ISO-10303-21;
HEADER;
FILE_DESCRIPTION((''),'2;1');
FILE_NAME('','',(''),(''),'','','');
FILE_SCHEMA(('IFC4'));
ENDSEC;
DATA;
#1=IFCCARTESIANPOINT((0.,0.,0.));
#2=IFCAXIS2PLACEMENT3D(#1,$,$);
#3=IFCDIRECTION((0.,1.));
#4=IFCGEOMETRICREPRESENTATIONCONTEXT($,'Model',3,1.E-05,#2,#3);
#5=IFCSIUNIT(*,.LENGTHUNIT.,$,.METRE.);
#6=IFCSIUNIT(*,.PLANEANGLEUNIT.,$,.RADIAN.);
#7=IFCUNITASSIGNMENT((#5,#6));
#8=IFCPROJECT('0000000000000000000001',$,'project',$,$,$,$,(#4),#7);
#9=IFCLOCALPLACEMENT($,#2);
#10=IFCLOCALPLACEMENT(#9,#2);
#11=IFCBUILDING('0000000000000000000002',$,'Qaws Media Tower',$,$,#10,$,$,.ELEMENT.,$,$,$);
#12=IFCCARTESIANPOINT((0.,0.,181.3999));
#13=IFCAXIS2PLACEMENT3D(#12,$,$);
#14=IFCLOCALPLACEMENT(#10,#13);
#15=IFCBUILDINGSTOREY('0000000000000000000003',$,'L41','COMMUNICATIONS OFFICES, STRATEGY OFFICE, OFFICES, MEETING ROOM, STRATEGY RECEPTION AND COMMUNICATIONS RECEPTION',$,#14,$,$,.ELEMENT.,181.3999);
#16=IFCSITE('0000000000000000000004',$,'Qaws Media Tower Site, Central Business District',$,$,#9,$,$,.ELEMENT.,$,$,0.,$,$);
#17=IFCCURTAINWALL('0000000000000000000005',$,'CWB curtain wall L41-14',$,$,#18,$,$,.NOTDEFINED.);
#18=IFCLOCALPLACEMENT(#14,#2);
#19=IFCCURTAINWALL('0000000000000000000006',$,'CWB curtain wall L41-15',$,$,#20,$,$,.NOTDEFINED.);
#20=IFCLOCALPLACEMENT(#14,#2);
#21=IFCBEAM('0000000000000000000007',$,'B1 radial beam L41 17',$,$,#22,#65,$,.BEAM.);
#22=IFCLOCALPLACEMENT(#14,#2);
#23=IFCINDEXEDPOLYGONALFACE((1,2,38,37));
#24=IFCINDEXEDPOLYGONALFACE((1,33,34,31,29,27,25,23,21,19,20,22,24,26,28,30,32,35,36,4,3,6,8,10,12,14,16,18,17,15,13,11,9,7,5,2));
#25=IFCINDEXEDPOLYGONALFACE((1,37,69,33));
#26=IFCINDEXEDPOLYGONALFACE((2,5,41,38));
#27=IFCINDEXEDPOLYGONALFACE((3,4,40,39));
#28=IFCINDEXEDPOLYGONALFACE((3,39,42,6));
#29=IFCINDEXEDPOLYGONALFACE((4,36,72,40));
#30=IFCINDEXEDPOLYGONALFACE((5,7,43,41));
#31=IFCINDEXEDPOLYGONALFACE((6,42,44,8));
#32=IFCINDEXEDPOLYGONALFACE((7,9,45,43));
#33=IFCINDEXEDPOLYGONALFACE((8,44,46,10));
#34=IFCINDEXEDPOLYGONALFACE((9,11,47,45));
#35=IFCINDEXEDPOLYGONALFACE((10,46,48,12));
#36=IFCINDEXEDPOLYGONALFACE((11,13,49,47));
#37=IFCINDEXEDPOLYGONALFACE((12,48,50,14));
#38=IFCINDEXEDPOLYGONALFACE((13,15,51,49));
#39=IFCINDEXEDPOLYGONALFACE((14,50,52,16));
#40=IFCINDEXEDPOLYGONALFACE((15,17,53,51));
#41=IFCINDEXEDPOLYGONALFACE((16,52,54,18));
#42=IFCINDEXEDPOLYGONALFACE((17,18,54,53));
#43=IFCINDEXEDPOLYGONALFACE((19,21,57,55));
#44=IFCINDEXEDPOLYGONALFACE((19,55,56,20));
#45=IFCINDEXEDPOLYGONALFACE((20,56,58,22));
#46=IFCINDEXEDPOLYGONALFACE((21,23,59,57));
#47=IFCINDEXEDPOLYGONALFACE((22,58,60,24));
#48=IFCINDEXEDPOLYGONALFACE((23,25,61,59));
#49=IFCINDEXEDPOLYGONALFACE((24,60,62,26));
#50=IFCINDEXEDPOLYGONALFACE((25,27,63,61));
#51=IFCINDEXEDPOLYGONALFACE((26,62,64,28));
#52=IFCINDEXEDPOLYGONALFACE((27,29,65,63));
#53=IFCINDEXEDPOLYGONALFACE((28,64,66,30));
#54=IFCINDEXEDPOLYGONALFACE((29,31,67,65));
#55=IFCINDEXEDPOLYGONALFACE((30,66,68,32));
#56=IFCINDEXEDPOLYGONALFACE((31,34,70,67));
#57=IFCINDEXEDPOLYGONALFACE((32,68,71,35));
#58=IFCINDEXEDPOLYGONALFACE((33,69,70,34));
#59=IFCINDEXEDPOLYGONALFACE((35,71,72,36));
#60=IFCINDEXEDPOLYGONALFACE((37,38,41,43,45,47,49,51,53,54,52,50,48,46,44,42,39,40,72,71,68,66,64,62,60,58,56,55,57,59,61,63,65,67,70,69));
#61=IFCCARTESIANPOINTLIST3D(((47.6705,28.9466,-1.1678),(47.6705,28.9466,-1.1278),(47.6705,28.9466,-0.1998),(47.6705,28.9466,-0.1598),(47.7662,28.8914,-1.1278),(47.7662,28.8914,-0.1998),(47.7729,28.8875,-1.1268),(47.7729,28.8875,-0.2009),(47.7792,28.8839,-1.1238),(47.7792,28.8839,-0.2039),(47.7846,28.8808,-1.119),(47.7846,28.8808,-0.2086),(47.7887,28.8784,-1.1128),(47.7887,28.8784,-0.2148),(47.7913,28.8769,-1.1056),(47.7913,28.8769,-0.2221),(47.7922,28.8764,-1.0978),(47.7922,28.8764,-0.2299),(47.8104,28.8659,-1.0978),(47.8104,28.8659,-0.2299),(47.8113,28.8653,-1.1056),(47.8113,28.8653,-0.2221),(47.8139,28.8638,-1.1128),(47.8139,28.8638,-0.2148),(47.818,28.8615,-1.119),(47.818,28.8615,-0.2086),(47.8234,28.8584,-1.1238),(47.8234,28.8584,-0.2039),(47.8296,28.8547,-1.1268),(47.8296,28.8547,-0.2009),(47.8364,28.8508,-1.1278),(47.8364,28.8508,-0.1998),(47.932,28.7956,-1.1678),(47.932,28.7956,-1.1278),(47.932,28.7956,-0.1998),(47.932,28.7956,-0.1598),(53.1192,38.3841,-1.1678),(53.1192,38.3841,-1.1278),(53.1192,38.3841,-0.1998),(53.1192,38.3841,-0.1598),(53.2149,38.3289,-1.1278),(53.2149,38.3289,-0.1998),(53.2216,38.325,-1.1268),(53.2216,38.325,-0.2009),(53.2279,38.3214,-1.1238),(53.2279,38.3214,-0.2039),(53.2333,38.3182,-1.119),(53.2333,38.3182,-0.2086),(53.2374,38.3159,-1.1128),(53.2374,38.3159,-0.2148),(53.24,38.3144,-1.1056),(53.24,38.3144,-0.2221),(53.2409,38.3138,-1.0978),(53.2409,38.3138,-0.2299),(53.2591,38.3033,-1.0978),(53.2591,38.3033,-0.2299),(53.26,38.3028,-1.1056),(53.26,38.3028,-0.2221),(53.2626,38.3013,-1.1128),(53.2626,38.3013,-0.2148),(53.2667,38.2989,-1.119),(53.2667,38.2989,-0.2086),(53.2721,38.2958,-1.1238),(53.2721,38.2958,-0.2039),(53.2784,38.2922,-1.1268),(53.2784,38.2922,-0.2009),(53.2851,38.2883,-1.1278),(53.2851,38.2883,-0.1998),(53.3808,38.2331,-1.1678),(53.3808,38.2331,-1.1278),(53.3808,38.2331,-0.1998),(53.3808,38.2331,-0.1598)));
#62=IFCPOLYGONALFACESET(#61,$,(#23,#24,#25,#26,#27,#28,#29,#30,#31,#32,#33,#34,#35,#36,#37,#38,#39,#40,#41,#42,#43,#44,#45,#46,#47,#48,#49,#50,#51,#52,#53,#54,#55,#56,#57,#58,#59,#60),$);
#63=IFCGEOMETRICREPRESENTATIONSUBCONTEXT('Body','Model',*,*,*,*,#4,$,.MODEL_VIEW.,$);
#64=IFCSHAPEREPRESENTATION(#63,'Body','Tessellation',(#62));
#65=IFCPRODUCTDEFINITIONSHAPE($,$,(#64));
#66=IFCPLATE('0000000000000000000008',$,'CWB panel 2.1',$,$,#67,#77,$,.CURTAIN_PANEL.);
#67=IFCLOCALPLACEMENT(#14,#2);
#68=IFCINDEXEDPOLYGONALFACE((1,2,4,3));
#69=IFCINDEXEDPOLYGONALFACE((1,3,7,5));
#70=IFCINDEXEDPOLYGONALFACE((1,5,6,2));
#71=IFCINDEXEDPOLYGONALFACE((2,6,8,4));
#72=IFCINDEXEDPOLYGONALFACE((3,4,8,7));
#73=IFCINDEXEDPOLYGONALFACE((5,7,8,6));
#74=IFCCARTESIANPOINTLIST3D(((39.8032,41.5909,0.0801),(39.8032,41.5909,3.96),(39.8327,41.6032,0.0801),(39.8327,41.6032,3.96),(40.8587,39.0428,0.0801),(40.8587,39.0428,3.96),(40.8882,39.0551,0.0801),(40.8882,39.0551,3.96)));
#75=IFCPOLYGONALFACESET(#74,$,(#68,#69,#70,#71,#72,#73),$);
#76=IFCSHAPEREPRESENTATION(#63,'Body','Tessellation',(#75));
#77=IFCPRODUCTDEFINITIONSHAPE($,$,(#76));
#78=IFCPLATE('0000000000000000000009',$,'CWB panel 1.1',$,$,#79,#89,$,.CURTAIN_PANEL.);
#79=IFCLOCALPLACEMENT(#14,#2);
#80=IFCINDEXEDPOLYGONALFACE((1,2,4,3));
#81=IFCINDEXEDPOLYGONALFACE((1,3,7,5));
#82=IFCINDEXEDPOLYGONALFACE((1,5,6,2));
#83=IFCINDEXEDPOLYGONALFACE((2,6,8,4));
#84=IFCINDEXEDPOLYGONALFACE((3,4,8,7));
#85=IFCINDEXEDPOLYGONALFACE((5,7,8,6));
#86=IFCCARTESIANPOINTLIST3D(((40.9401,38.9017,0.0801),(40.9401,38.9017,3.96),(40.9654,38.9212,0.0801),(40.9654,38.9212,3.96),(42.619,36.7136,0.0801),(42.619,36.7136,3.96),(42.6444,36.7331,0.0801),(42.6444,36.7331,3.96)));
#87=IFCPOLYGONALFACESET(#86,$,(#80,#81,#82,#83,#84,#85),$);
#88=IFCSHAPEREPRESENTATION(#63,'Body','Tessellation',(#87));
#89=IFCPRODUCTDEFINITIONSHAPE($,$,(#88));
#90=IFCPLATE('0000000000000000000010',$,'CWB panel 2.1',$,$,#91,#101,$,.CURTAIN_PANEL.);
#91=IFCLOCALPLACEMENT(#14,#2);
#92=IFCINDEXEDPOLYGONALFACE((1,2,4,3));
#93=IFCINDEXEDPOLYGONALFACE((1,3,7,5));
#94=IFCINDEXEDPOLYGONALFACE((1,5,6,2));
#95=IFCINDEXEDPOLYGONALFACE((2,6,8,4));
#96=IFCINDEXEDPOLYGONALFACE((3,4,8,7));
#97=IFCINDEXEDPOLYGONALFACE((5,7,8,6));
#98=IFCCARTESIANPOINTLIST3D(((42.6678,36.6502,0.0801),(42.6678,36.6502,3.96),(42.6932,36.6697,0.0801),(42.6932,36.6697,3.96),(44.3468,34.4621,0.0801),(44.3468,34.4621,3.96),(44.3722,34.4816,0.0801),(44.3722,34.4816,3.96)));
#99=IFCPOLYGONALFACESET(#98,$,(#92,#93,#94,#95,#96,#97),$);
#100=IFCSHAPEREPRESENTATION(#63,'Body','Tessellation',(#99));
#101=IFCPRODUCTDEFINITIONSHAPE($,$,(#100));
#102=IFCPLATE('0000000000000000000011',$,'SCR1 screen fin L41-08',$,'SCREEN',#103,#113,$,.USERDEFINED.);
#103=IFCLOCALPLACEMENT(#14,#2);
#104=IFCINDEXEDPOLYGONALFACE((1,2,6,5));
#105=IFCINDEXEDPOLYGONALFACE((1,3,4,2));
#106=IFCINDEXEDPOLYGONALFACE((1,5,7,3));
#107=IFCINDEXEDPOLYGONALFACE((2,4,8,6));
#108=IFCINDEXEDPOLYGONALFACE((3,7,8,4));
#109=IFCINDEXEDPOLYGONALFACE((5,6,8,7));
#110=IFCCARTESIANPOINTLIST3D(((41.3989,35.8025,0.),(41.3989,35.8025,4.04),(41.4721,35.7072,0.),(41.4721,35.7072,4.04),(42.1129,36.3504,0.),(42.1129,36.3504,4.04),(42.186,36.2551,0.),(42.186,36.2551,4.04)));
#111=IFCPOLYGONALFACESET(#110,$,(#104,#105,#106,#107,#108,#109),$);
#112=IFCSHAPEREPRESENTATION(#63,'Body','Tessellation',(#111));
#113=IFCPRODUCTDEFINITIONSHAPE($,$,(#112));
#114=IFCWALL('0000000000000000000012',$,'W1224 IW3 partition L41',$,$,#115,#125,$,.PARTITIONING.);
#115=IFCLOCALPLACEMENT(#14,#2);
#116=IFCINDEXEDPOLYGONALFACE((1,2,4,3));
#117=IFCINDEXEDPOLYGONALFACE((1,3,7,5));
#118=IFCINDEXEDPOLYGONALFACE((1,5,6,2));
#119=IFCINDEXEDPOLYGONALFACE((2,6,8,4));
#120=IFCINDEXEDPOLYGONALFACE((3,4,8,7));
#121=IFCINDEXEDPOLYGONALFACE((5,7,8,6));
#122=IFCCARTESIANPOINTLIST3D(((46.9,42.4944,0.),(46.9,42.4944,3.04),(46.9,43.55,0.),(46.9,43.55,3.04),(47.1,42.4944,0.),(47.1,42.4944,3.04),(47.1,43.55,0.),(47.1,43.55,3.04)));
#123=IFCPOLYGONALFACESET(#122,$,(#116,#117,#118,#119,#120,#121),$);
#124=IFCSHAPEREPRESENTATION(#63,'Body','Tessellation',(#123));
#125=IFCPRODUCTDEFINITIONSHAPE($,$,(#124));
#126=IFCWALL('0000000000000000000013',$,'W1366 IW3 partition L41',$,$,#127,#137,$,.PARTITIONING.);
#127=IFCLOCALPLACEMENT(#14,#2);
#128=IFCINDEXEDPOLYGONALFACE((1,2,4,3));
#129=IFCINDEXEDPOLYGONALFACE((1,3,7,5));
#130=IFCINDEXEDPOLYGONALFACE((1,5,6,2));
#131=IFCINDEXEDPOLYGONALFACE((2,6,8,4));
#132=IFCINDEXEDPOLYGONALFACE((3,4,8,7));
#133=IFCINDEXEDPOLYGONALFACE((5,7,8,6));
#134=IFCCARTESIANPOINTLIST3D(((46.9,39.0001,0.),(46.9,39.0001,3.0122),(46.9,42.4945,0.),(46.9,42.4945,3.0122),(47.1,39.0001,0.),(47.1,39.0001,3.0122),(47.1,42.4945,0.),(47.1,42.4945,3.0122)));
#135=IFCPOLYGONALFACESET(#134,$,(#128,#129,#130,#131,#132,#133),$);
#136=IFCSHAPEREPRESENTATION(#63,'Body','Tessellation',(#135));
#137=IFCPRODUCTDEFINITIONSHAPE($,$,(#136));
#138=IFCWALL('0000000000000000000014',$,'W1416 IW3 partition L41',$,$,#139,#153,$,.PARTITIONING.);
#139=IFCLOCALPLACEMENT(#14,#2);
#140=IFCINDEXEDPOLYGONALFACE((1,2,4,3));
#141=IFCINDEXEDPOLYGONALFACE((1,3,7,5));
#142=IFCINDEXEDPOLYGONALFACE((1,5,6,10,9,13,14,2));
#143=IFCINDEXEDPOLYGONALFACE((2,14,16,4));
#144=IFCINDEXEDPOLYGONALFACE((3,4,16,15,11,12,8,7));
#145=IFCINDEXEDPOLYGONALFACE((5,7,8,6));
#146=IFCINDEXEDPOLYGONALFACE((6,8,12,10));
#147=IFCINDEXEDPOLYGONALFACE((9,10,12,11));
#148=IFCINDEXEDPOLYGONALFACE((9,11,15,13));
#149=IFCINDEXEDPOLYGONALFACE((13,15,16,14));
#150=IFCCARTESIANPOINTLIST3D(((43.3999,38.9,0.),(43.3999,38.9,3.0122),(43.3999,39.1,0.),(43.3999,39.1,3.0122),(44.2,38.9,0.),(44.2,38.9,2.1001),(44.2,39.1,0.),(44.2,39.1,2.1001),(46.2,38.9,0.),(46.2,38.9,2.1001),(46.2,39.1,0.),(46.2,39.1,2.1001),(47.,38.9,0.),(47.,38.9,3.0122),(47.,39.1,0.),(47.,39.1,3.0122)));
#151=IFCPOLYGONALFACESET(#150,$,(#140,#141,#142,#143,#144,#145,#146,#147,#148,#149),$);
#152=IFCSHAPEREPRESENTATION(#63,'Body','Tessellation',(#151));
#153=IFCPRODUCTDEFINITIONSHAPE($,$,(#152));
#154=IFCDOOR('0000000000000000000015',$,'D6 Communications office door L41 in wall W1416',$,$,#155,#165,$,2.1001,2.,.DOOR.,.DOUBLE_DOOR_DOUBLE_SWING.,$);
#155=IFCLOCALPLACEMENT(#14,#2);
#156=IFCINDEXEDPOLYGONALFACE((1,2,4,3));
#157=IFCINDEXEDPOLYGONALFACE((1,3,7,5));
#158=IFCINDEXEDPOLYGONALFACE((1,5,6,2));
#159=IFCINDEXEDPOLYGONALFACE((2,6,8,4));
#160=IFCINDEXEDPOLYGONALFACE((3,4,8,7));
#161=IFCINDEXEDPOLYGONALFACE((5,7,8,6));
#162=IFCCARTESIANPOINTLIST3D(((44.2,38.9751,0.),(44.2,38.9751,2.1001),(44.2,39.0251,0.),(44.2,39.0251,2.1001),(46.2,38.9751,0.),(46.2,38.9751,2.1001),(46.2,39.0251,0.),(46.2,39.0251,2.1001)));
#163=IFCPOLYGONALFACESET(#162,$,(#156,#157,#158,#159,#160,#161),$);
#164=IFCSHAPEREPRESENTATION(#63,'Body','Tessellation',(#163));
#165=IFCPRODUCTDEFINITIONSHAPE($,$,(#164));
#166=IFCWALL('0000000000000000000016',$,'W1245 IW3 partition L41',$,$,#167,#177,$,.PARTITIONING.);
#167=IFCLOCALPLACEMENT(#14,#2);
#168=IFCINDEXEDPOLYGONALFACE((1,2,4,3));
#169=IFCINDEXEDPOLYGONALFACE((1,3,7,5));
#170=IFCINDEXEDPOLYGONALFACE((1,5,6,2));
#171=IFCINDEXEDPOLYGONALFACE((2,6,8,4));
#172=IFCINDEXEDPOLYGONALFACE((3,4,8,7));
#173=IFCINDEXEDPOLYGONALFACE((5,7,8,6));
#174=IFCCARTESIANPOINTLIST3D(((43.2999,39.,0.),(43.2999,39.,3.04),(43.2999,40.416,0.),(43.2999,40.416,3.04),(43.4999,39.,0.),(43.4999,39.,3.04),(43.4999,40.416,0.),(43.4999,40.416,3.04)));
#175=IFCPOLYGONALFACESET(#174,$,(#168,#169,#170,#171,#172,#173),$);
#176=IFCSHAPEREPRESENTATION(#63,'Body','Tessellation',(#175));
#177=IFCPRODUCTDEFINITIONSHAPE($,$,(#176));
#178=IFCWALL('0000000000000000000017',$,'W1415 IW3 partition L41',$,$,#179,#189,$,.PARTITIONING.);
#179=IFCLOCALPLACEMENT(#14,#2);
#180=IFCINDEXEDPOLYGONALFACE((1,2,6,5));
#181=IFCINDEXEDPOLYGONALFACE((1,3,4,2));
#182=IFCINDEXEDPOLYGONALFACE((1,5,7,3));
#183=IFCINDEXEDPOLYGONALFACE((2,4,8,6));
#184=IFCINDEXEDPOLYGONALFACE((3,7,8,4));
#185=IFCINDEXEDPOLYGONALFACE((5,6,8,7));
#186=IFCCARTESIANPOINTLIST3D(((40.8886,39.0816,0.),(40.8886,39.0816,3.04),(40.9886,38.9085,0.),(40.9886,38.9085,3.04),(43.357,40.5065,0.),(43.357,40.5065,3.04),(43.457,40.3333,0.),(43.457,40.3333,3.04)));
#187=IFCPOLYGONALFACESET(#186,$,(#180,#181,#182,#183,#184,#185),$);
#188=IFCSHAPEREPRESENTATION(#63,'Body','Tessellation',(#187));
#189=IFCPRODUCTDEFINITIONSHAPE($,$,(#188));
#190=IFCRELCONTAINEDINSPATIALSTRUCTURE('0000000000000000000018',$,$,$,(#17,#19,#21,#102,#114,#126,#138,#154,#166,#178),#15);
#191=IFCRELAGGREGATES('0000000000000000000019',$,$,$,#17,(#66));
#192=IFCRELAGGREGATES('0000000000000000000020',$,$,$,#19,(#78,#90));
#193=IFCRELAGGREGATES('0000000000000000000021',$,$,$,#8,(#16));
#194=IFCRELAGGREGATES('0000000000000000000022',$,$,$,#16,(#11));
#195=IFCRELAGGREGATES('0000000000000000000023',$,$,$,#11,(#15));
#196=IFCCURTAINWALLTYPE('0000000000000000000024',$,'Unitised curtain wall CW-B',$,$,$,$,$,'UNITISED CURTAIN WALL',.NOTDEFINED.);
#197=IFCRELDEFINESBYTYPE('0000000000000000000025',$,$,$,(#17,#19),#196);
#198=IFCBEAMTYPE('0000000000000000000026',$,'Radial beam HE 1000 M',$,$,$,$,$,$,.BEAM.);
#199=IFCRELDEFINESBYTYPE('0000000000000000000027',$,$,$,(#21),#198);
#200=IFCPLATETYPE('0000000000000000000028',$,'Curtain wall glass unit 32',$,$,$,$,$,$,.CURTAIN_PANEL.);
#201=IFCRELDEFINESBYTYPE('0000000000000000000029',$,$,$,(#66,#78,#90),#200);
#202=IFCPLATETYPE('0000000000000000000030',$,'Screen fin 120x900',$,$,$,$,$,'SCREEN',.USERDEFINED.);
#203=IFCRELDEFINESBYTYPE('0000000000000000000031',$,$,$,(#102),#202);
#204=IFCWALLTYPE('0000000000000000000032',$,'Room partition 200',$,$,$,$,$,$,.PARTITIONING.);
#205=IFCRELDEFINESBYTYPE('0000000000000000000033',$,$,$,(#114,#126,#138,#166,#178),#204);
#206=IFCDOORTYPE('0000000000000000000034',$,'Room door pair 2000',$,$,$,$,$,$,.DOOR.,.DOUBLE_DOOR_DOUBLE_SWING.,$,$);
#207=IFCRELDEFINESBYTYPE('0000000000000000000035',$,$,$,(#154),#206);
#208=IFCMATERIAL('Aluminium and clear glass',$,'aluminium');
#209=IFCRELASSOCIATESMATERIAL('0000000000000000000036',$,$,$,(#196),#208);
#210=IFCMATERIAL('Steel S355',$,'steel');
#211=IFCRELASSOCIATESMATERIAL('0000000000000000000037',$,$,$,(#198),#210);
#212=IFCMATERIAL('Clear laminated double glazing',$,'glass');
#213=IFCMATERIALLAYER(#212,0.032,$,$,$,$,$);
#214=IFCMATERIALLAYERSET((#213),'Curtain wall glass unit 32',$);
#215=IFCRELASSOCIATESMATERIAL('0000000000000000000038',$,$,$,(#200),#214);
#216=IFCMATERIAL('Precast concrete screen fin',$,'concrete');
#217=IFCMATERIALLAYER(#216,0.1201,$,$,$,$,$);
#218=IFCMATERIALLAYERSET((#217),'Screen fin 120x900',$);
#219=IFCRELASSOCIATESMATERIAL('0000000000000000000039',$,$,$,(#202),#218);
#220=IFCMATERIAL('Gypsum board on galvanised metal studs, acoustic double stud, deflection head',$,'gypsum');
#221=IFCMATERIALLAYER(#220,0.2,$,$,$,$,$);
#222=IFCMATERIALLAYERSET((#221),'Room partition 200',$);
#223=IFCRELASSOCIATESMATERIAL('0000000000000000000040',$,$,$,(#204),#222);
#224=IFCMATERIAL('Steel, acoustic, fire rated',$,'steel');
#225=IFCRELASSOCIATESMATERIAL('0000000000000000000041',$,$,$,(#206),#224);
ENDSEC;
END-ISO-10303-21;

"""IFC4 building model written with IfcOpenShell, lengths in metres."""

from ifc_helpers import new_model, si_unit, direction, frame, frame_2d, origin, origin_2d, place, context, subcontext, project, spatial, rectangle, i_section, extrude, material, layer, layer_set, material_profile, profile_set, type_object, element, fill, aggregate, save


model = new_model("IFC4")

# Units and contexts
model_context = context("Model", 3, precision=1e-05, world=origin(), true_north=direction((0.0, 1.0)))
body_context = subcontext(model_context, "Body", "Model", "MODEL_VIEW")
ifc_project = project(units=[si_unit("LENGTHUNIT", "METRE"), si_unit("PLANEANGLEUNIT", "RADIAN")], contexts=[model_context])

# Site, building, storey
site_placement = place(None, origin())
site = spatial("IfcSite", under=ifc_project, at=site_placement, Name="Qaws Media Tower Site, Central Business District", CompositionType="ELEMENT", RefElevation=0.0)
building_placement = place(site_placement, origin())
building = spatial("IfcBuilding", under=site, at=building_placement, Name="Qaws Media Tower", CompositionType="ELEMENT")
storey_placement = place(building_placement, frame((0.0, 0.0, 181.3999)))
storey = spatial("IfcBuildingStorey", under=building, at=storey_placement, Name="L41", Description="COMMUNICATIONS OFFICES, STRATEGY OFFICE, OFFICES, MEETING ROOM, STRATEGY RECEPTION AND COMMUNICATIONS RECEPTION", CompositionType="ELEMENT", Elevation=181.3999)

# Curtain wall
ifc_material_1 = material(Name="Aluminium and clear glass", Category="aluminium")
curtain_wall_type = type_object("IfcCurtainWallType", Name="Unitised curtain wall CW-B", ElementType="UNITISED CURTAIN WALL", PredefinedType="NOTDEFINED", material=ifc_material_1)
curtain_wall_1_placement = place(storey_placement, origin())
curtain_wall_1 = element("IfcCurtainWall", 1, at=curtain_wall_1_placement, inside=storey, type_object=curtain_wall_type, Name="CWB curtain wall L41-14", PredefinedType="NOTDEFINED")

# Curtain wall
curtain_wall_2_placement = place(storey_placement, origin())
curtain_wall_2 = element("IfcCurtainWall", 2, at=curtain_wall_2_placement, inside=storey, type_object=curtain_wall_type, Name="CWB curtain wall L41-15", PredefinedType="NOTDEFINED")

# Beam
ifc_material_2 = material(Name="Steel S355", Category="steel")
ifc_material_profile_1 = material_profile(ifc_material_2, i_section(OverallWidth=0.302, OverallDepth=1.0081, WebThickness=0.021, FlangeThickness=0.04, FilletRadius=0.03, at=origin_2d()), Name="HE 1000 M")
ifc_profile_set_1 = profile_set([ifc_material_profile_1], Name="Steel S355")
beam_type_1 = type_object("IfcBeamType", Name="Radial beam HE 1000 M", PredefinedType="BEAM", material=ifc_profile_set_1)
beam_1_placement = place(storey_placement, frame((53.25, 38.3086, -0.6638), z_axis=(-0.499999, -0.866026, 0.0), x_axis=(0.866026, -0.499999, 0.0)))
element("IfcBeam", 3, at=beam_1_placement, inside=storey, type_object=beam_type_1, Name="B1 radial beam L41 17", PredefinedType="BEAM", context=body_context, shape_type="SweptSolid", body=[
    extrude(i_section(OverallWidth=0.302, OverallDepth=1.0081, WebThickness=0.021, FlangeThickness=0.04, FilletRadius=0.03, at=origin_2d()), origin(), (0.0, 0.0, 1.0), 10.8975),
])

# Plates
ifc_material_3 = material(Name="Clear laminated double glazing", Category="glass")
ifc_layer_1 = layer(ifc_material_3, 0.032)
ifc_layer_set_1 = layer_set([ifc_layer_1], Name="Curtain wall glass unit 32")
plate_type_1 = type_object("IfcPlateType", Name="Curtain wall glass unit 32", PredefinedType="CURTAIN_PANEL", material=ifc_layer_set_1)
plate_1_placement = place(storey_placement, frame((40.3457, 40.323, 0.0801), z_axis=(0.0, 0.0, 1.0), x_axis=(0.382683, -0.92388, 0.0)))
plate_1 = element("IfcPlate", 4, at=plate_1_placement, type_object=plate_type_1, Name="CWB panel 2.1", PredefinedType="CURTAIN_PANEL", context=body_context, shape_type="SweptSolid", body=[
    extrude(rectangle(XDim=2.7581, YDim=0.032, at=origin_2d()), origin(), (0.0, 0.0, 1.0), 3.8799),
])
aggregate(curtain_wall_1, [plate_1])
plate_2_placement = place(storey_placement, frame((41.7922, 37.8174, 0.0801), z_axis=(0.0, 0.0, 1.0), x_axis=(0.608761, -0.793353, 0.0)))
plate_2 = element("IfcPlate", 5, at=plate_2_placement, type_object=plate_type_1, Name="CWB panel 1.1", PredefinedType="CURTAIN_PANEL", context=body_context, shape_type="SweptSolid", body=[
    extrude(rectangle(XDim=2.7581, YDim=0.032, at=origin_2d()), origin(), (0.0, 0.0, 1.0), 3.8799),
])
plate_3_placement = place(storey_placement, frame((43.52, 35.5659, 0.0801), z_axis=(0.0, 0.0, 1.0), x_axis=(0.608761, -0.793353, 0.0)))
plate_3 = element("IfcPlate", 6, at=plate_3_placement, type_object=plate_type_1, Name="CWB panel 2.1", PredefinedType="CURTAIN_PANEL", context=body_context, shape_type="SweptSolid", body=[
    extrude(rectangle(XDim=2.7581, YDim=0.032, at=origin_2d()), origin(), (0.0, 0.0, 1.0), 3.8799),
])
aggregate(curtain_wall_2, [plate_2, plate_3])
ifc_material_4 = material(Name="Precast concrete screen fin", Category="concrete")
ifc_layer_2 = layer(ifc_material_4, 0.1201)
ifc_layer_set_2 = layer_set([ifc_layer_2], Name="Screen fin 120x900")
plate_type_2 = type_object("IfcPlateType", Name="Screen fin 120x900", ElementType="SCREEN", PredefinedType="USERDEFINED", material=ifc_layer_set_2)
plate_4_placement = place(storey_placement, frame((41.7925, 36.0288, 0.0), z_axis=(0.0, 0.0, 1.0), x_axis=(-0.793353, -0.608761, 0.0)))
element("IfcPlate", 7, at=plate_4_placement, inside=storey, type_object=plate_type_2, Name="SCR1 screen fin L41-08", ObjectType="SCREEN", PredefinedType="USERDEFINED", context=body_context, shape_type="SweptSolid", body=[
    extrude(rectangle(XDim=0.8999, YDim=0.1201, at=origin_2d()), origin(), (0.0, 0.0, 1.0), 4.04),
])

# Walls
ifc_material_5 = material(Name="Gypsum board on galvanised metal studs, acoustic double stud, deflection head", Category="gypsum")
ifc_layer_3 = layer(ifc_material_5, 0.2)
ifc_layer_set_3 = layer_set([ifc_layer_3], Name="Room partition 200")
wall_type = type_object("IfcWallType", Name="Room partition 200", PredefinedType="PARTITIONING", material=ifc_layer_set_3)
wall_1_placement = place(storey_placement, frame((47.0, 43.55, 0.0), z_axis=(0.0, 0.0, 1.0), x_axis=(0.0, -1.0, 0.0)))
element("IfcWall", 8, at=wall_1_placement, inside=storey, type_object=wall_type, Name="W1224 IW3 partition L41", PredefinedType="PARTITIONING", context=body_context, shape_type="SweptSolid", body=[
    extrude(rectangle(XDim=1.0557, YDim=0.2, at=frame_2d((0.5278, 0.0))), origin(), (0.0, 0.0, 1.0), 3.04),
])
wall_2_placement = place(storey_placement, frame((47.0, 42.4944, 0.0), z_axis=(0.0, 0.0, 1.0), x_axis=(0.0, -1.0, 0.0)))
element("IfcWall", 9, at=wall_2_placement, inside=storey, type_object=wall_type, Name="W1366 IW3 partition L41", PredefinedType="PARTITIONING", context=body_context, shape_type="SweptSolid", body=[
    extrude(rectangle(XDim=3.4944, YDim=0.2, at=frame_2d((1.7471, 0.0))), origin(), (0.0, 0.0, 1.0), 3.0122),
])

# Wall, opening, door
wall_3_placement = place(storey_placement, frame((47.0, 39.0, 0.0), z_axis=(0.0, 0.0, 1.0), x_axis=(-1.0, 0.0, 0.0)))
wall_3 = element("IfcWall", 10, at=wall_3_placement, inside=storey, type_object=wall_type, Name="W1416 IW3 partition L41", PredefinedType="PARTITIONING", context=body_context, shape_type="SweptSolid", body=[
    extrude(rectangle(XDim=3.6001, YDim=0.2, at=frame_2d((1.8, 0.0))), origin(), (0.0, 0.0, 1.0), 3.0122),
])
opening_1_placement = place(wall_3_placement, frame((0.8, 0.0, 0.0)))
opening_1 = element("IfcOpeningElement", 11, at=opening_1_placement, cuts=wall_3, PredefinedType="OPENING", context=body_context, shape_type="SweptSolid", body=[
    extrude(rectangle(XDim=2.0, YDim=2.1001, at=frame_2d((1.0, 1.05))), frame((0.0, 0.1099, 0.0), z_axis=(0.0, -1.0, 0.0), x_axis=(1.0, 0.0, 0.0)), (0.0, 0.0, 1.0), 0.22),
])
ifc_material_6 = material(Name="Steel, acoustic, fire rated", Category="steel")
door_type_1 = type_object("IfcDoorType", Name="Room door pair 2000", OperationType="DOUBLE_DOOR_DOUBLE_SWING", PredefinedType="DOOR", material=ifc_material_6)
door_1_placement = place(opening_1_placement, origin())
door_1 = element("IfcDoor", 12, at=door_1_placement, inside=storey, type_object=door_type_1, Name="D6 Communications office door L41 in wall W1416", OperationType="DOUBLE_DOOR_DOUBLE_SWING", OverallHeight=2.1001, OverallWidth=2.0, PredefinedType="DOOR", context=body_context, shape_type="SweptSolid", body=[
    extrude(rectangle(XDim=2.0, YDim=2.1001, at=frame_2d((1.0, 1.05))), frame((0.0, 0.0249, 0.0), z_axis=(0.0, -1.0, 0.0), x_axis=(1.0, 0.0, 0.0)), (0.0, 0.0, 1.0), 0.05),
])
fill(opening_1, door_1)

# Wall
wall_4_placement = place(storey_placement, frame((43.3999, 39.0, 0.0), z_axis=(0.0, 0.0, 1.0), x_axis=(0.0, 1.0, 0.0)))
element("IfcWall", 13, at=wall_4_placement, inside=storey, type_object=wall_type, Name="W1245 IW3 partition L41", PredefinedType="PARTITIONING", context=body_context, shape_type="SweptSolid", body=[
    extrude(rectangle(XDim=1.416, YDim=0.2, at=frame_2d((0.708, 0.0))), origin(), (0.0, 0.0, 1.0), 3.04),
])

# Wall
wall_5_placement = place(storey_placement, frame((43.407, 40.4199, 0.0), z_axis=(0.0, 0.0, 1.0), x_axis=(-0.866063, -0.499935, 0.0)))
element("IfcWall", 14, at=wall_5_placement, inside=storey, type_object=wall_type, Name="W1415 IW3 partition L41", PredefinedType="PARTITIONING", context=body_context, shape_type="SweptSolid", body=[
    extrude(rectangle(XDim=2.8501, YDim=0.2, at=frame_2d((1.425, 0.0))), origin(), (0.0, 0.0, 1.0), 3.04),
])

save(model, "model.ifc")
